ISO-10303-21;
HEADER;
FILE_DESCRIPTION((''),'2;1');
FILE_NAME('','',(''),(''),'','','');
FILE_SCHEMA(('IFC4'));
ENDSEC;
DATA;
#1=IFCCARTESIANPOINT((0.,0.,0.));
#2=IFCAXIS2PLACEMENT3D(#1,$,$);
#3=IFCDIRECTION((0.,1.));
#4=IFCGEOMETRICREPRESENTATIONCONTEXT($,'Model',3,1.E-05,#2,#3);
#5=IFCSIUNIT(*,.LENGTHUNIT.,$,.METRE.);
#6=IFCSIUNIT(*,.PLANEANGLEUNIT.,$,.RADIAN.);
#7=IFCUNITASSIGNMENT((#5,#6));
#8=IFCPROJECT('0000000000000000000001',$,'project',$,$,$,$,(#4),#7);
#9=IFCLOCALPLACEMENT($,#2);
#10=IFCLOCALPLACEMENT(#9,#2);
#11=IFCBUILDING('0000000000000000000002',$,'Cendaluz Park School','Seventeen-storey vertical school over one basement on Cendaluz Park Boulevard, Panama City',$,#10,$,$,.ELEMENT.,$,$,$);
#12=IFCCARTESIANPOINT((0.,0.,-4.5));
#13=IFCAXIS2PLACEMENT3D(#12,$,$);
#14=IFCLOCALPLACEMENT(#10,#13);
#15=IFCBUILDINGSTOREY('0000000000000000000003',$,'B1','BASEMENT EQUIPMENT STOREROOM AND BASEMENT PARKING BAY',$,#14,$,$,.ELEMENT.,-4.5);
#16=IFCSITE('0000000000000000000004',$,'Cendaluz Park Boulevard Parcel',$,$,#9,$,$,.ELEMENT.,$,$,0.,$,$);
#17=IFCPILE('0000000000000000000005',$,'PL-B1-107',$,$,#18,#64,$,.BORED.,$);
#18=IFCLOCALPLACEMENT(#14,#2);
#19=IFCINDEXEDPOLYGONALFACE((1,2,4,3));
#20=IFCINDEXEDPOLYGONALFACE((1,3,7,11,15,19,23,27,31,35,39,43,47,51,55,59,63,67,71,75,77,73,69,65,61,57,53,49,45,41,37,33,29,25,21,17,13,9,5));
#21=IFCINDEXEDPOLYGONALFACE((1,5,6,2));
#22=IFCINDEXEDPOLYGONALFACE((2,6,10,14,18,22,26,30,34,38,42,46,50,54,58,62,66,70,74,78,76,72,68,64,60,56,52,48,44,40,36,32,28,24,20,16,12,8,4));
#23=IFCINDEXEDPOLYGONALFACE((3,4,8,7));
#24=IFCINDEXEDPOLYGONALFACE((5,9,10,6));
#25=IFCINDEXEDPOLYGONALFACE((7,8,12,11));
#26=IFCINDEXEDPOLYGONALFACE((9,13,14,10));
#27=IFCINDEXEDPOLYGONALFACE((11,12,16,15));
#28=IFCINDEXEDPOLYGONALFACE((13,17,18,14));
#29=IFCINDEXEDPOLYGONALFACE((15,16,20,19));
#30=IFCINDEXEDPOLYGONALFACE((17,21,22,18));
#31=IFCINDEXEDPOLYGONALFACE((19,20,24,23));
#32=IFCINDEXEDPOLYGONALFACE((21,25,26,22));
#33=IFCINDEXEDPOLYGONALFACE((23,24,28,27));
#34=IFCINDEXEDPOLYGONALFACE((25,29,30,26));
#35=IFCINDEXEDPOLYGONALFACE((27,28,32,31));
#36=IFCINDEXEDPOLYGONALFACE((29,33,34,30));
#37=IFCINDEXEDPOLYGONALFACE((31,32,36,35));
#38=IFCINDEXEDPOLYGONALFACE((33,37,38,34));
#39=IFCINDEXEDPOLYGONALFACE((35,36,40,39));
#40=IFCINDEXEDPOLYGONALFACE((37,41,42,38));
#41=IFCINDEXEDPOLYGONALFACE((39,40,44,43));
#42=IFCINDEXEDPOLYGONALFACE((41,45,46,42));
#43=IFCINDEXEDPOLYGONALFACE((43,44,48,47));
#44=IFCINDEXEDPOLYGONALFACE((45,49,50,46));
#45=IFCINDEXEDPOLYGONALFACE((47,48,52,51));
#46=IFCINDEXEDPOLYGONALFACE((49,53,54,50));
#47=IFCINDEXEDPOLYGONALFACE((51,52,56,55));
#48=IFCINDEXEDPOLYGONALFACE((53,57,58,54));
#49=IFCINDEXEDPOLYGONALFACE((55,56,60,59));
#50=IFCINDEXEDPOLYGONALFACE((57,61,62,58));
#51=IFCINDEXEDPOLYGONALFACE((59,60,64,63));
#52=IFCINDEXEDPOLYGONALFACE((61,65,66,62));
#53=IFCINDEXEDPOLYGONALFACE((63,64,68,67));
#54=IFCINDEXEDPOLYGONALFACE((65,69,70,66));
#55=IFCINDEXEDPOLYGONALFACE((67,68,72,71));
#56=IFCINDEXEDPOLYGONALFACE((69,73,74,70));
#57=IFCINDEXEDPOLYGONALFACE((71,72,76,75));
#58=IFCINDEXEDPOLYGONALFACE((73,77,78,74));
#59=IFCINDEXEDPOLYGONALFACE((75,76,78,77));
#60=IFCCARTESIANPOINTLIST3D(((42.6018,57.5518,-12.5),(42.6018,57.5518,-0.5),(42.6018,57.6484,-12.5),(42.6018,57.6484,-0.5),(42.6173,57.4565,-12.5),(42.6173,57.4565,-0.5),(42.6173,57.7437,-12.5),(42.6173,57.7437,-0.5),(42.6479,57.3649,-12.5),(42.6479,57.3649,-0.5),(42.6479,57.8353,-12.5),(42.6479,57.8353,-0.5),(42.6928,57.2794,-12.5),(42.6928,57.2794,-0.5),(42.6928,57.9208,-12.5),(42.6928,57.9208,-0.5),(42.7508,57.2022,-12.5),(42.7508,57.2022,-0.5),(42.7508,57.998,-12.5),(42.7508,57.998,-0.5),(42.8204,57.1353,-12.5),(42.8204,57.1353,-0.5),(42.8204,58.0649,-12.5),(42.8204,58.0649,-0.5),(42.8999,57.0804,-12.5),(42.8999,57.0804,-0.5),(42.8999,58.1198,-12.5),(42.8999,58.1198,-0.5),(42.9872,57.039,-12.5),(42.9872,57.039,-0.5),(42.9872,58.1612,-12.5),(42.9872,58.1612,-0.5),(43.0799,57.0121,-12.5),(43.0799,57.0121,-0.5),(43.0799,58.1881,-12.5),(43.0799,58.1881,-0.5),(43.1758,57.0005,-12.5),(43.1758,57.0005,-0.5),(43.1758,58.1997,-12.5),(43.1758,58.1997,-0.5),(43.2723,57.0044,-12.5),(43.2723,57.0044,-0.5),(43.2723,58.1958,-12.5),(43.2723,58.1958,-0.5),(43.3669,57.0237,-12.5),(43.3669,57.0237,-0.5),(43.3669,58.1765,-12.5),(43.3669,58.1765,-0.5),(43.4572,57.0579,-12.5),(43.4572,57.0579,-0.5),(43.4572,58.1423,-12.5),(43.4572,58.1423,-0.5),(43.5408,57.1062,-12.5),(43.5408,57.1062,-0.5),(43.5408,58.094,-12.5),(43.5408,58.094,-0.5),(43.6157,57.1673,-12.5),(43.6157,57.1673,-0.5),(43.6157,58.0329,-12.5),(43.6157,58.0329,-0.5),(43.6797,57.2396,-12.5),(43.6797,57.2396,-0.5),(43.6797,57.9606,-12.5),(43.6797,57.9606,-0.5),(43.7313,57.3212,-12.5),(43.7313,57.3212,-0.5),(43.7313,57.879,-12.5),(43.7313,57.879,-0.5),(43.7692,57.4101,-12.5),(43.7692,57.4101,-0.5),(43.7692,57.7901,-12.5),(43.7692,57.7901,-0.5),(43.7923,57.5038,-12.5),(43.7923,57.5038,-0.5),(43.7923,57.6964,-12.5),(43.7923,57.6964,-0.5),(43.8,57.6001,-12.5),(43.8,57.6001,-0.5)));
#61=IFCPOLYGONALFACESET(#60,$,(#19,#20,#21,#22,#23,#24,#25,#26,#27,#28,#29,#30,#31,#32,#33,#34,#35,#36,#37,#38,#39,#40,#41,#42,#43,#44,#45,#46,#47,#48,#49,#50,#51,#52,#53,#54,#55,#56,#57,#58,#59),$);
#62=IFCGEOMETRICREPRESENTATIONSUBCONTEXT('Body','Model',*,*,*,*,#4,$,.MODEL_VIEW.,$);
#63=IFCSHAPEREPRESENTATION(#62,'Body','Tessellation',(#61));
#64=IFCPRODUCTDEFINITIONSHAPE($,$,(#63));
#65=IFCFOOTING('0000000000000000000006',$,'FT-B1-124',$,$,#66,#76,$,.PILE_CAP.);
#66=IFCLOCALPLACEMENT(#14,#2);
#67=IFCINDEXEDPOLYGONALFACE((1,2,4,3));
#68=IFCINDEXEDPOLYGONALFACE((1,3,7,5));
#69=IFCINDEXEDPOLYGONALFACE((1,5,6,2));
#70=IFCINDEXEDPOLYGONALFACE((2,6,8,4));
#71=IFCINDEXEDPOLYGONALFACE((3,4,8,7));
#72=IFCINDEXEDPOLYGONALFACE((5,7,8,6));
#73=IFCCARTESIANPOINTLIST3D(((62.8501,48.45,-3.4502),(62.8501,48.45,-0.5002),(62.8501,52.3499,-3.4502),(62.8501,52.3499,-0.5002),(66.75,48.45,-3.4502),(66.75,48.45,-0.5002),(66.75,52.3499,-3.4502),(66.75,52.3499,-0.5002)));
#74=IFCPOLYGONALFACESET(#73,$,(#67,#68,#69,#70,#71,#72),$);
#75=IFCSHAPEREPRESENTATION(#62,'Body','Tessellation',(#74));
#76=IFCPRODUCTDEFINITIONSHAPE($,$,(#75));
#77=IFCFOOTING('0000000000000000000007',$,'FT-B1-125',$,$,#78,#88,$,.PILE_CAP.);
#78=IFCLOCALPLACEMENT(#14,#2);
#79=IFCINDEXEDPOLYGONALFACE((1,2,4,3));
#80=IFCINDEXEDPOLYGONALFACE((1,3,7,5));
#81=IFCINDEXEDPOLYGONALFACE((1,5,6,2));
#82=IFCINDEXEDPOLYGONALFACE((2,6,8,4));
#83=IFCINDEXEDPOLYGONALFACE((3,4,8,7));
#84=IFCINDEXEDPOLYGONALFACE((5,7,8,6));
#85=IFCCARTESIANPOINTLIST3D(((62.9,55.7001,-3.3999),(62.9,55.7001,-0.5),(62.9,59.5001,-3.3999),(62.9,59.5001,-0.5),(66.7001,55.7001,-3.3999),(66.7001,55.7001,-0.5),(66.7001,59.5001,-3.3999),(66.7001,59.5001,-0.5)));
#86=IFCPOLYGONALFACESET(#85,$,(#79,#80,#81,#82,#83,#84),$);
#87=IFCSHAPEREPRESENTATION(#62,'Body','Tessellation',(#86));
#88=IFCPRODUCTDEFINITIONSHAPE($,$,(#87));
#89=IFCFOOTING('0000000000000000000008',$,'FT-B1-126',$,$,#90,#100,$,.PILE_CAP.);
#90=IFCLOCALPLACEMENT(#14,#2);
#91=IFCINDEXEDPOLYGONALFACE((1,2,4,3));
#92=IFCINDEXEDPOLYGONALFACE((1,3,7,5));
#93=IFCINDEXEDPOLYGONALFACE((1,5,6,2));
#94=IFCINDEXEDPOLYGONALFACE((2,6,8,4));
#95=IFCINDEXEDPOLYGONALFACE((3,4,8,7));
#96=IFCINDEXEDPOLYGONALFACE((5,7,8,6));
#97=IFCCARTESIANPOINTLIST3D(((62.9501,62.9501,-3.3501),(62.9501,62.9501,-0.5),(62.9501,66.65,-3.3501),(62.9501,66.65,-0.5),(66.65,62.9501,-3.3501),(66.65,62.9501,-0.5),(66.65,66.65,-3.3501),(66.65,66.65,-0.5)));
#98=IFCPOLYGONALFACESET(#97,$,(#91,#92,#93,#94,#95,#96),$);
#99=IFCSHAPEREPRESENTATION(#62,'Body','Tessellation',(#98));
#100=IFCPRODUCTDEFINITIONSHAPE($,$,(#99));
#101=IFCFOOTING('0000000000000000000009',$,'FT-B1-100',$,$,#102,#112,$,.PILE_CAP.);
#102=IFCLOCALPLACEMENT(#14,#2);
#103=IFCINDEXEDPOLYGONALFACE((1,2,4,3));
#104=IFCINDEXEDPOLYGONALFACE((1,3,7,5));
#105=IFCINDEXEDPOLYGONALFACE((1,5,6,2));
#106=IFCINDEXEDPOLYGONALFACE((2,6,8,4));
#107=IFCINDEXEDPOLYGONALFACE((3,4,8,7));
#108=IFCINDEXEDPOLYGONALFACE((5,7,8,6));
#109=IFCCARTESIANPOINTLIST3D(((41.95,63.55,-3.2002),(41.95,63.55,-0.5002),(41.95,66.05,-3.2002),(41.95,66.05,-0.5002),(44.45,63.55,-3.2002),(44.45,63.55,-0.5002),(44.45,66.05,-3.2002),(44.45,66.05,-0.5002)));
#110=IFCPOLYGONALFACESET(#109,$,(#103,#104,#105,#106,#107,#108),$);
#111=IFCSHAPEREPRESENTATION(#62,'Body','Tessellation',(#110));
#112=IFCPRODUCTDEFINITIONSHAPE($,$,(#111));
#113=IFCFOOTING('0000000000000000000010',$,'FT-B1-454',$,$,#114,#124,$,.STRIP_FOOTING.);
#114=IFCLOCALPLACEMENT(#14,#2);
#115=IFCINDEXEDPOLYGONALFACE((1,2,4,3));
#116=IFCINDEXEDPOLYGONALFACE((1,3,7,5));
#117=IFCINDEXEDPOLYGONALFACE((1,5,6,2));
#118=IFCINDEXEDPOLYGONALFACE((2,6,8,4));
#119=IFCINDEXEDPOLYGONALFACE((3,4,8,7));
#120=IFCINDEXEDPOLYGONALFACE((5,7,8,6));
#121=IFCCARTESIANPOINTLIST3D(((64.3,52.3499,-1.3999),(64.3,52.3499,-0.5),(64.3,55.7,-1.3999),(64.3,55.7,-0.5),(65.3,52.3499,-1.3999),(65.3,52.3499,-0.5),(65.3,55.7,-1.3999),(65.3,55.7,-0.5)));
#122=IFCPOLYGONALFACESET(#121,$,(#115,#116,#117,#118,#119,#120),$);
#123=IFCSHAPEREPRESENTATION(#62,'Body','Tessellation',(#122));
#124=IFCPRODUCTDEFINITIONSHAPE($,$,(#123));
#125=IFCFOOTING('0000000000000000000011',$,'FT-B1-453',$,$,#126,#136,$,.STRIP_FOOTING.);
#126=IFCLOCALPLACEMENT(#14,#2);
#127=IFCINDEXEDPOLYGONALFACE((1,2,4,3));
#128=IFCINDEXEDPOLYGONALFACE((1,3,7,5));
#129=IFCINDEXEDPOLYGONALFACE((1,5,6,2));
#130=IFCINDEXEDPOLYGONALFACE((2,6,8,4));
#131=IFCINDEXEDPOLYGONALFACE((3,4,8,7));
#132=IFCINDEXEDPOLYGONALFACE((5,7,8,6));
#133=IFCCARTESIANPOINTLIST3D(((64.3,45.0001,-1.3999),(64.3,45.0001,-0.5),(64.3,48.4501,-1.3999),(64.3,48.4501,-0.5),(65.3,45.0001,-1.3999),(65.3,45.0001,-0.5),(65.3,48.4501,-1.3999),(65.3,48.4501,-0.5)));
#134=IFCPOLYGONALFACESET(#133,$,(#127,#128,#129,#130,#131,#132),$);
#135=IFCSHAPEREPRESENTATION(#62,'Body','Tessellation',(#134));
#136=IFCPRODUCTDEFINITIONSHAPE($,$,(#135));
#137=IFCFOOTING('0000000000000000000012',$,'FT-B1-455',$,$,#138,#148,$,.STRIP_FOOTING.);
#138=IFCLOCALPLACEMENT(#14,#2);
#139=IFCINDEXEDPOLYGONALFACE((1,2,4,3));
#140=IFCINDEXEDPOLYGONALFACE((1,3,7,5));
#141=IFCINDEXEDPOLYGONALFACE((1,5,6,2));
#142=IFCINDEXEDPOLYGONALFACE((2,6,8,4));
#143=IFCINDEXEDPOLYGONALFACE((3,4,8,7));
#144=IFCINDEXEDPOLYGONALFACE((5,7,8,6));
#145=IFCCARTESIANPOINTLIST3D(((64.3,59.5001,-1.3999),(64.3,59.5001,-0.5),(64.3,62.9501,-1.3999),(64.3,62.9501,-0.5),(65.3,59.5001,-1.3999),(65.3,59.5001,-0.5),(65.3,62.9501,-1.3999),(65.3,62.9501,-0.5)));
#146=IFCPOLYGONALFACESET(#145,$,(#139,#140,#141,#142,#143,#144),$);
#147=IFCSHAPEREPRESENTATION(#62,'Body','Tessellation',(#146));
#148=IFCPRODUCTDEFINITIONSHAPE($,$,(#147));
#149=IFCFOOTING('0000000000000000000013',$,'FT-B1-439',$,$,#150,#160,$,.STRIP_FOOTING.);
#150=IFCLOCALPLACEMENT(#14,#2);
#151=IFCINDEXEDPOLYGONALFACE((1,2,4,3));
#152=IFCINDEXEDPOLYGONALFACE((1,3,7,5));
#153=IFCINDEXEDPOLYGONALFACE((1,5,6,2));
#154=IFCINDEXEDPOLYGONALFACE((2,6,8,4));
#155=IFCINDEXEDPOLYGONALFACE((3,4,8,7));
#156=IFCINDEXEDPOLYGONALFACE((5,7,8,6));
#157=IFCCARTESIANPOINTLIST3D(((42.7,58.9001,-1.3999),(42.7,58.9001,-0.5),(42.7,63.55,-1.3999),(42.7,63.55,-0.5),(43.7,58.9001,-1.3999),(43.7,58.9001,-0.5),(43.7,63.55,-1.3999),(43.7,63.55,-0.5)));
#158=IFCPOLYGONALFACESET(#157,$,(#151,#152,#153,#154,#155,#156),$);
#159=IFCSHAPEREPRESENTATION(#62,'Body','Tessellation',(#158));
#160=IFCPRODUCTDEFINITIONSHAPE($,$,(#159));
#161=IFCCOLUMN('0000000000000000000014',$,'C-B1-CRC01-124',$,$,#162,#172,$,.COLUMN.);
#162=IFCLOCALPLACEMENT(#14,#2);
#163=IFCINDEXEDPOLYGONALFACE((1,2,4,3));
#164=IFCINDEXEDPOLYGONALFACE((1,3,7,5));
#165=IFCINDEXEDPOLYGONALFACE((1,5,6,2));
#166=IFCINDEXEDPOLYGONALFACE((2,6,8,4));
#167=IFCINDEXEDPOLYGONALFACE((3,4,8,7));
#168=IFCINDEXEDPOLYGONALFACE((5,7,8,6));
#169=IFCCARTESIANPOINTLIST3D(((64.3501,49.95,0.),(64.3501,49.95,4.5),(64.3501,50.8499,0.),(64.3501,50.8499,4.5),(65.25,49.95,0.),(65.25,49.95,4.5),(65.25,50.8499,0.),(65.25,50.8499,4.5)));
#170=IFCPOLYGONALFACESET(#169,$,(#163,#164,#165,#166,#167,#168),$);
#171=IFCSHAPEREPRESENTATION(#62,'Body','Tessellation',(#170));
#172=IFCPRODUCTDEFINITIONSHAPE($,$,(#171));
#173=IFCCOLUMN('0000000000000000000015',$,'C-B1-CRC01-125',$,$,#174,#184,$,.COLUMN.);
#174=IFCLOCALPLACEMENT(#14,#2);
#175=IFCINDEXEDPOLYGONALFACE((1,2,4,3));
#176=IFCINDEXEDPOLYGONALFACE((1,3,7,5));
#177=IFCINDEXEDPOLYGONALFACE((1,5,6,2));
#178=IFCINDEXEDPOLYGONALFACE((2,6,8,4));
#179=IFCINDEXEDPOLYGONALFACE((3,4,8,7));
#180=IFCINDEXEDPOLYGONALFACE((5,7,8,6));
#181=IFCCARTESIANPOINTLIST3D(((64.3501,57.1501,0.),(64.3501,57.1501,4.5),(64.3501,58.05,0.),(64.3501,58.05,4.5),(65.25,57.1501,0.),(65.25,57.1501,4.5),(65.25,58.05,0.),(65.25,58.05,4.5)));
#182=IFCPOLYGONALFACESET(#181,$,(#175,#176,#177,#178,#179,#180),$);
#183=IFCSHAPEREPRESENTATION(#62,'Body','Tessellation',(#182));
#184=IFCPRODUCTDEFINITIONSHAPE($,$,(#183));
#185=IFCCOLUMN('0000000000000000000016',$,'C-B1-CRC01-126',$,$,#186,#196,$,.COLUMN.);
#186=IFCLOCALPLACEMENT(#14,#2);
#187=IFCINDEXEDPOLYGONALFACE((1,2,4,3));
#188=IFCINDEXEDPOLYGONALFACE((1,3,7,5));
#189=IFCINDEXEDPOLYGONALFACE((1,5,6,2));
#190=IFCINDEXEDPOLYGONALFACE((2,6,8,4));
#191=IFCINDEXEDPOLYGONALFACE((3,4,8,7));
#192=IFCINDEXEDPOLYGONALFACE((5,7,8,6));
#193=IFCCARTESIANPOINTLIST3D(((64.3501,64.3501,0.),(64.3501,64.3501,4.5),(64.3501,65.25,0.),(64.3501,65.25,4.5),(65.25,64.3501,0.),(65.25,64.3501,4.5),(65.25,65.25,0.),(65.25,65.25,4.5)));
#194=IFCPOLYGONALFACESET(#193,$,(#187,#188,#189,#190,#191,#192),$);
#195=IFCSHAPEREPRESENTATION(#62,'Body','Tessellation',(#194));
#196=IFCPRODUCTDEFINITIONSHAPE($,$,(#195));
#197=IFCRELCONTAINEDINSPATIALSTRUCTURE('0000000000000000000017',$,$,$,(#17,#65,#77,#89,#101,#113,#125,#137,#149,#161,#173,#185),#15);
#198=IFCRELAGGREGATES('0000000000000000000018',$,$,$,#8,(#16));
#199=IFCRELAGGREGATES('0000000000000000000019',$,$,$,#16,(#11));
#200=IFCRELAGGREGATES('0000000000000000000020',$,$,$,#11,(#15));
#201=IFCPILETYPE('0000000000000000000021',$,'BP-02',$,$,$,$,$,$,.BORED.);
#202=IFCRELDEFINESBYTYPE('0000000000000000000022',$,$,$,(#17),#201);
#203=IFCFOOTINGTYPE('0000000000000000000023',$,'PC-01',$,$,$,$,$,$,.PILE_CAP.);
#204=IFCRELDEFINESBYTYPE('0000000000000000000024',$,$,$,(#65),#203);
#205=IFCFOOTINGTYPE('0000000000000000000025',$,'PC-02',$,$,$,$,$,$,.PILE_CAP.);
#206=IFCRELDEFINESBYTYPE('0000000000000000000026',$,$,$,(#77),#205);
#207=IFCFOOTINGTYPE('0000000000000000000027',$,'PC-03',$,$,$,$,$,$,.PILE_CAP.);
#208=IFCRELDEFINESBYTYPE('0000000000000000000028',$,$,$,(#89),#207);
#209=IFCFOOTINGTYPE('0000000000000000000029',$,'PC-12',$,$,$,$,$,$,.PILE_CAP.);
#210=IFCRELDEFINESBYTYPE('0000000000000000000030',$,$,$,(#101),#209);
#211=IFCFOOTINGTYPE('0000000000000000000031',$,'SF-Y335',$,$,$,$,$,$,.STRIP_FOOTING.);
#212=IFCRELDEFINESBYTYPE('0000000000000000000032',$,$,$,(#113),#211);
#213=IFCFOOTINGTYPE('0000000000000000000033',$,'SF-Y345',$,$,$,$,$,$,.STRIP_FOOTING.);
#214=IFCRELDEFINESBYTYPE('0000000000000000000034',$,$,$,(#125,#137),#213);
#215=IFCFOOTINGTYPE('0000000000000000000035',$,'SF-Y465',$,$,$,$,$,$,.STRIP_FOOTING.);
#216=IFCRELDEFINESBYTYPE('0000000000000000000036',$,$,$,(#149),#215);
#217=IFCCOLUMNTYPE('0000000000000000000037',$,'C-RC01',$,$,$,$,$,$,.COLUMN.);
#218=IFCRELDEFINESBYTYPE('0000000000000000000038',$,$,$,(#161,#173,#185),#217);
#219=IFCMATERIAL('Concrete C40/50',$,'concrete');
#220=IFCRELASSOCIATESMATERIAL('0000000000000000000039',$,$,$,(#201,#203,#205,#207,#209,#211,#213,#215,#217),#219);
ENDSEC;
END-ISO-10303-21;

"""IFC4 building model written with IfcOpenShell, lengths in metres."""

from ifc_helpers import new_model, si_unit, direction, frame, origin, origin_2d, place, context, subcontext, project, spatial, rectangle, circle, extrude, material, material_profile, profile_set, type_object, element, save


model = new_model("IFC4")

# Units and contexts
model_context = context("Model", 3, precision=1e-05, world=origin(), true_north=direction((0.0, 1.0)))
body_context = subcontext(model_context, "Body", "Model", "MODEL_VIEW")
ifc_project = project(units=[si_unit("LENGTHUNIT", "METRE"), si_unit("PLANEANGLEUNIT", "RADIAN")], contexts=[model_context])

# Site, building, storey
site_placement = place(None, origin())
site = spatial("IfcSite", under=ifc_project, at=site_placement, Name="Cendaluz Park Boulevard Parcel", CompositionType="ELEMENT", RefElevation=0.0)
building_placement = place(site_placement, origin())
building = spatial("IfcBuilding", under=site, at=building_placement, Name="Cendaluz Park School", Description="Seventeen-storey vertical school over one basement on Cendaluz Park Boulevard, Panama City", CompositionType="ELEMENT")
storey_placement = place(building_placement, frame((0.0, 0.0, -4.5)))
storey = spatial("IfcBuildingStorey", under=building, at=storey_placement, Name="B1", Description="BASEMENT EQUIPMENT STOREROOM AND BASEMENT PARKING BAY", CompositionType="ELEMENT", Elevation=-4.5)

# Pile
ifc_material_1 = material(Name="Concrete C40/50", Category="concrete")
ifc_material_profile_1 = material_profile(ifc_material_1, circle(Radius=0.6001, at=origin_2d()), Name="BP D1200", Category="concrete")
ifc_profile_set_1 = profile_set([ifc_material_profile_1], Name="Concrete C40/50")
pile_type_1 = type_object("IfcPileType", Name="BP-02", PredefinedType="BORED", material=ifc_profile_set_1)
pile_placement = place(storey_placement, frame((43.2, 57.6001, -0.5), z_axis=(0.0, 0.0, -1.0), x_axis=(1.0, 0.0, 0.0)))
element("IfcPile", 1, at=pile_placement, inside=storey, type_object=pile_type_1, Name="PL-B1-107", PredefinedType="BORED", context=body_context, shape_type="SweptSolid", body=[
    extrude(circle(Radius=0.6001, at=origin_2d()), origin(), (0.0, 0.0, 1.0), 12.0),
])

# Footings
footing_type_1 = type_object("IfcFootingType", Name="PC-01", PredefinedType="PILE_CAP", material=ifc_material_1)
footing_1_placement = place(storey_placement, frame((64.8, 50.3999, -3.4502), z_axis=(0.0, 0.0, 1.0), x_axis=(1.0, 0.0, 0.0)))
element("IfcFooting", 2, at=footing_1_placement, inside=storey, type_object=footing_type_1, Name="FT-B1-124", PredefinedType="PILE_CAP", context=body_context, shape_type="SweptSolid", body=[
    extrude(rectangle(XDim=3.8999, YDim=3.8999, at=origin_2d()), origin(), (0.0, 0.0, 1.0), 2.95),
])
footing_type_2 = type_object("IfcFootingType", Name="PC-02", PredefinedType="PILE_CAP", material=ifc_material_1)
footing_2_placement = place(storey_placement, frame((64.8, 57.6001, -3.3999), z_axis=(0.0, 0.0, 1.0), x_axis=(1.0, 0.0, 0.0)))
element("IfcFooting", 3, at=footing_2_placement, inside=storey, type_object=footing_type_2, Name="FT-B1-125", PredefinedType="PILE_CAP", context=body_context, shape_type="SweptSolid", body=[
    extrude(rectangle(XDim=3.8, YDim=3.8, at=origin_2d()), origin(), (0.0, 0.0, 1.0), 2.8999),
])
footing_type_3 = type_object("IfcFootingType", Name="PC-03", PredefinedType="PILE_CAP", material=ifc_material_1)
footing_3_placement = place(storey_placement, frame((64.8, 64.8, -3.3501), z_axis=(0.0, 0.0, 1.0), x_axis=(1.0, 0.0, 0.0)))
element("IfcFooting", 4, at=footing_3_placement, inside=storey, type_object=footing_type_3, Name="FT-B1-126", PredefinedType="PILE_CAP", context=body_context, shape_type="SweptSolid", body=[
    extrude(rectangle(XDim=3.7, YDim=3.7, at=origin_2d()), origin(), (0.0, 0.0, 1.0), 2.8501),
])
footing_type_4 = type_object("IfcFootingType", Name="PC-12", PredefinedType="PILE_CAP", material=ifc_material_1)
footing_4_placement = place(storey_placement, frame((43.2, 64.8, -3.2002), z_axis=(0.0, 0.0, 1.0), x_axis=(1.0, 0.0, 0.0)))
element("IfcFooting", 5, at=footing_4_placement, inside=storey, type_object=footing_type_4, Name="FT-B1-100", PredefinedType="PILE_CAP", context=body_context, shape_type="SweptSolid", body=[
    extrude(rectangle(XDim=2.5, YDim=2.5, at=origin_2d()), origin(), (0.0, 0.0, 1.0), 2.7),
])
footing_type_5 = type_object("IfcFootingType", Name="SF-Y335", PredefinedType="STRIP_FOOTING", material=ifc_material_1)
footing_5_placement = place(storey_placement, frame((64.8, 54.0249, -1.3999), z_axis=(0.0, 0.0, 1.0), x_axis=(1.0, 0.0, 0.0)))
element("IfcFooting", 6, at=footing_5_placement, inside=storey, type_object=footing_type_5, Name="FT-B1-454", PredefinedType="STRIP_FOOTING", context=body_context, shape_type="SweptSolid", body=[
    extrude(rectangle(XDim=1.0, YDim=3.3501, at=origin_2d()), origin(), (0.0, 0.0, 1.0), 0.8999),
])
footing_type_6 = type_object("IfcFootingType", Name="SF-Y345", PredefinedType="STRIP_FOOTING", material=ifc_material_1)
for number, where, z_axis, x_axis, name in (
    (7, (64.8, 46.7251, -1.3999), (0.0, 0.0, 1.0), (1.0, 0.0, 0.0), "FT-B1-453"),
    (8, (64.8, 61.2251, -1.3999), (0.0, 0.0, 1.0), (1.0, 0.0, 0.0), "FT-B1-455"),
):
    element("IfcFooting", number, at=place(storey_placement, frame(where, z_axis=z_axis, x_axis=x_axis)), inside=storey, type_object=footing_type_6, Name=name, PredefinedType="STRIP_FOOTING", context=body_context, shape_type="SweptSolid", body=[
        extrude(rectangle(XDim=1.0, YDim=3.45, at=origin_2d()), origin(), (0.0, 0.0, 1.0), 0.8999),
    ])
footing_type_7 = type_object("IfcFootingType", Name="SF-Y465", PredefinedType="STRIP_FOOTING", material=ifc_material_1)
footing_6_placement = place(storey_placement, frame((43.2, 61.2251, -1.3999), z_axis=(0.0, 0.0, 1.0), x_axis=(1.0, 0.0, 0.0)))
element("IfcFooting", 9, at=footing_6_placement, inside=storey, type_object=footing_type_7, Name="FT-B1-439", PredefinedType="STRIP_FOOTING", context=body_context, shape_type="SweptSolid", body=[
    extrude(rectangle(XDim=1.0, YDim=4.6499, at=origin_2d()), origin(), (0.0, 0.0, 1.0), 0.8999),
])

# Columns
ifc_material_profile_2 = material_profile(ifc_material_1, rectangle(XDim=0.8999, YDim=0.8999, at=origin_2d()), Name="RC 900x900", Category="concrete")
ifc_profile_set_2 = profile_set([ifc_material_profile_2], Name="Concrete C40/50")
column_type_1 = type_object("IfcColumnType", Name="C-RC01", PredefinedType="COLUMN", material=ifc_profile_set_2)
for number, where, z_axis, x_axis, name in (
    (10, (64.8, 50.3999, 0.0), (0.0, 0.0, 1.0), (1.0, 0.0, 0.0), "C-B1-CRC01-124"),
    (11, (64.8, 57.6001, 0.0), (0.0, 0.0, 1.0), (1.0, 0.0, 0.0), "C-B1-CRC01-125"),
    (12, (64.8, 64.8, 0.0), (0.0, 0.0, 1.0), (1.0, 0.0, 0.0), "C-B1-CRC01-126"),
):
    element("IfcColumn", number, at=place(storey_placement, frame(where, z_axis=z_axis, x_axis=x_axis)), inside=storey, type_object=column_type_1, Name=name, PredefinedType="COLUMN", context=body_context, shape_type="SweptSolid", body=[
        extrude(rectangle(XDim=0.8999, YDim=0.8999, at=origin_2d()), origin(), (0.0, 0.0, 1.0), 4.5),
    ])

save(model, "model.ifc")
